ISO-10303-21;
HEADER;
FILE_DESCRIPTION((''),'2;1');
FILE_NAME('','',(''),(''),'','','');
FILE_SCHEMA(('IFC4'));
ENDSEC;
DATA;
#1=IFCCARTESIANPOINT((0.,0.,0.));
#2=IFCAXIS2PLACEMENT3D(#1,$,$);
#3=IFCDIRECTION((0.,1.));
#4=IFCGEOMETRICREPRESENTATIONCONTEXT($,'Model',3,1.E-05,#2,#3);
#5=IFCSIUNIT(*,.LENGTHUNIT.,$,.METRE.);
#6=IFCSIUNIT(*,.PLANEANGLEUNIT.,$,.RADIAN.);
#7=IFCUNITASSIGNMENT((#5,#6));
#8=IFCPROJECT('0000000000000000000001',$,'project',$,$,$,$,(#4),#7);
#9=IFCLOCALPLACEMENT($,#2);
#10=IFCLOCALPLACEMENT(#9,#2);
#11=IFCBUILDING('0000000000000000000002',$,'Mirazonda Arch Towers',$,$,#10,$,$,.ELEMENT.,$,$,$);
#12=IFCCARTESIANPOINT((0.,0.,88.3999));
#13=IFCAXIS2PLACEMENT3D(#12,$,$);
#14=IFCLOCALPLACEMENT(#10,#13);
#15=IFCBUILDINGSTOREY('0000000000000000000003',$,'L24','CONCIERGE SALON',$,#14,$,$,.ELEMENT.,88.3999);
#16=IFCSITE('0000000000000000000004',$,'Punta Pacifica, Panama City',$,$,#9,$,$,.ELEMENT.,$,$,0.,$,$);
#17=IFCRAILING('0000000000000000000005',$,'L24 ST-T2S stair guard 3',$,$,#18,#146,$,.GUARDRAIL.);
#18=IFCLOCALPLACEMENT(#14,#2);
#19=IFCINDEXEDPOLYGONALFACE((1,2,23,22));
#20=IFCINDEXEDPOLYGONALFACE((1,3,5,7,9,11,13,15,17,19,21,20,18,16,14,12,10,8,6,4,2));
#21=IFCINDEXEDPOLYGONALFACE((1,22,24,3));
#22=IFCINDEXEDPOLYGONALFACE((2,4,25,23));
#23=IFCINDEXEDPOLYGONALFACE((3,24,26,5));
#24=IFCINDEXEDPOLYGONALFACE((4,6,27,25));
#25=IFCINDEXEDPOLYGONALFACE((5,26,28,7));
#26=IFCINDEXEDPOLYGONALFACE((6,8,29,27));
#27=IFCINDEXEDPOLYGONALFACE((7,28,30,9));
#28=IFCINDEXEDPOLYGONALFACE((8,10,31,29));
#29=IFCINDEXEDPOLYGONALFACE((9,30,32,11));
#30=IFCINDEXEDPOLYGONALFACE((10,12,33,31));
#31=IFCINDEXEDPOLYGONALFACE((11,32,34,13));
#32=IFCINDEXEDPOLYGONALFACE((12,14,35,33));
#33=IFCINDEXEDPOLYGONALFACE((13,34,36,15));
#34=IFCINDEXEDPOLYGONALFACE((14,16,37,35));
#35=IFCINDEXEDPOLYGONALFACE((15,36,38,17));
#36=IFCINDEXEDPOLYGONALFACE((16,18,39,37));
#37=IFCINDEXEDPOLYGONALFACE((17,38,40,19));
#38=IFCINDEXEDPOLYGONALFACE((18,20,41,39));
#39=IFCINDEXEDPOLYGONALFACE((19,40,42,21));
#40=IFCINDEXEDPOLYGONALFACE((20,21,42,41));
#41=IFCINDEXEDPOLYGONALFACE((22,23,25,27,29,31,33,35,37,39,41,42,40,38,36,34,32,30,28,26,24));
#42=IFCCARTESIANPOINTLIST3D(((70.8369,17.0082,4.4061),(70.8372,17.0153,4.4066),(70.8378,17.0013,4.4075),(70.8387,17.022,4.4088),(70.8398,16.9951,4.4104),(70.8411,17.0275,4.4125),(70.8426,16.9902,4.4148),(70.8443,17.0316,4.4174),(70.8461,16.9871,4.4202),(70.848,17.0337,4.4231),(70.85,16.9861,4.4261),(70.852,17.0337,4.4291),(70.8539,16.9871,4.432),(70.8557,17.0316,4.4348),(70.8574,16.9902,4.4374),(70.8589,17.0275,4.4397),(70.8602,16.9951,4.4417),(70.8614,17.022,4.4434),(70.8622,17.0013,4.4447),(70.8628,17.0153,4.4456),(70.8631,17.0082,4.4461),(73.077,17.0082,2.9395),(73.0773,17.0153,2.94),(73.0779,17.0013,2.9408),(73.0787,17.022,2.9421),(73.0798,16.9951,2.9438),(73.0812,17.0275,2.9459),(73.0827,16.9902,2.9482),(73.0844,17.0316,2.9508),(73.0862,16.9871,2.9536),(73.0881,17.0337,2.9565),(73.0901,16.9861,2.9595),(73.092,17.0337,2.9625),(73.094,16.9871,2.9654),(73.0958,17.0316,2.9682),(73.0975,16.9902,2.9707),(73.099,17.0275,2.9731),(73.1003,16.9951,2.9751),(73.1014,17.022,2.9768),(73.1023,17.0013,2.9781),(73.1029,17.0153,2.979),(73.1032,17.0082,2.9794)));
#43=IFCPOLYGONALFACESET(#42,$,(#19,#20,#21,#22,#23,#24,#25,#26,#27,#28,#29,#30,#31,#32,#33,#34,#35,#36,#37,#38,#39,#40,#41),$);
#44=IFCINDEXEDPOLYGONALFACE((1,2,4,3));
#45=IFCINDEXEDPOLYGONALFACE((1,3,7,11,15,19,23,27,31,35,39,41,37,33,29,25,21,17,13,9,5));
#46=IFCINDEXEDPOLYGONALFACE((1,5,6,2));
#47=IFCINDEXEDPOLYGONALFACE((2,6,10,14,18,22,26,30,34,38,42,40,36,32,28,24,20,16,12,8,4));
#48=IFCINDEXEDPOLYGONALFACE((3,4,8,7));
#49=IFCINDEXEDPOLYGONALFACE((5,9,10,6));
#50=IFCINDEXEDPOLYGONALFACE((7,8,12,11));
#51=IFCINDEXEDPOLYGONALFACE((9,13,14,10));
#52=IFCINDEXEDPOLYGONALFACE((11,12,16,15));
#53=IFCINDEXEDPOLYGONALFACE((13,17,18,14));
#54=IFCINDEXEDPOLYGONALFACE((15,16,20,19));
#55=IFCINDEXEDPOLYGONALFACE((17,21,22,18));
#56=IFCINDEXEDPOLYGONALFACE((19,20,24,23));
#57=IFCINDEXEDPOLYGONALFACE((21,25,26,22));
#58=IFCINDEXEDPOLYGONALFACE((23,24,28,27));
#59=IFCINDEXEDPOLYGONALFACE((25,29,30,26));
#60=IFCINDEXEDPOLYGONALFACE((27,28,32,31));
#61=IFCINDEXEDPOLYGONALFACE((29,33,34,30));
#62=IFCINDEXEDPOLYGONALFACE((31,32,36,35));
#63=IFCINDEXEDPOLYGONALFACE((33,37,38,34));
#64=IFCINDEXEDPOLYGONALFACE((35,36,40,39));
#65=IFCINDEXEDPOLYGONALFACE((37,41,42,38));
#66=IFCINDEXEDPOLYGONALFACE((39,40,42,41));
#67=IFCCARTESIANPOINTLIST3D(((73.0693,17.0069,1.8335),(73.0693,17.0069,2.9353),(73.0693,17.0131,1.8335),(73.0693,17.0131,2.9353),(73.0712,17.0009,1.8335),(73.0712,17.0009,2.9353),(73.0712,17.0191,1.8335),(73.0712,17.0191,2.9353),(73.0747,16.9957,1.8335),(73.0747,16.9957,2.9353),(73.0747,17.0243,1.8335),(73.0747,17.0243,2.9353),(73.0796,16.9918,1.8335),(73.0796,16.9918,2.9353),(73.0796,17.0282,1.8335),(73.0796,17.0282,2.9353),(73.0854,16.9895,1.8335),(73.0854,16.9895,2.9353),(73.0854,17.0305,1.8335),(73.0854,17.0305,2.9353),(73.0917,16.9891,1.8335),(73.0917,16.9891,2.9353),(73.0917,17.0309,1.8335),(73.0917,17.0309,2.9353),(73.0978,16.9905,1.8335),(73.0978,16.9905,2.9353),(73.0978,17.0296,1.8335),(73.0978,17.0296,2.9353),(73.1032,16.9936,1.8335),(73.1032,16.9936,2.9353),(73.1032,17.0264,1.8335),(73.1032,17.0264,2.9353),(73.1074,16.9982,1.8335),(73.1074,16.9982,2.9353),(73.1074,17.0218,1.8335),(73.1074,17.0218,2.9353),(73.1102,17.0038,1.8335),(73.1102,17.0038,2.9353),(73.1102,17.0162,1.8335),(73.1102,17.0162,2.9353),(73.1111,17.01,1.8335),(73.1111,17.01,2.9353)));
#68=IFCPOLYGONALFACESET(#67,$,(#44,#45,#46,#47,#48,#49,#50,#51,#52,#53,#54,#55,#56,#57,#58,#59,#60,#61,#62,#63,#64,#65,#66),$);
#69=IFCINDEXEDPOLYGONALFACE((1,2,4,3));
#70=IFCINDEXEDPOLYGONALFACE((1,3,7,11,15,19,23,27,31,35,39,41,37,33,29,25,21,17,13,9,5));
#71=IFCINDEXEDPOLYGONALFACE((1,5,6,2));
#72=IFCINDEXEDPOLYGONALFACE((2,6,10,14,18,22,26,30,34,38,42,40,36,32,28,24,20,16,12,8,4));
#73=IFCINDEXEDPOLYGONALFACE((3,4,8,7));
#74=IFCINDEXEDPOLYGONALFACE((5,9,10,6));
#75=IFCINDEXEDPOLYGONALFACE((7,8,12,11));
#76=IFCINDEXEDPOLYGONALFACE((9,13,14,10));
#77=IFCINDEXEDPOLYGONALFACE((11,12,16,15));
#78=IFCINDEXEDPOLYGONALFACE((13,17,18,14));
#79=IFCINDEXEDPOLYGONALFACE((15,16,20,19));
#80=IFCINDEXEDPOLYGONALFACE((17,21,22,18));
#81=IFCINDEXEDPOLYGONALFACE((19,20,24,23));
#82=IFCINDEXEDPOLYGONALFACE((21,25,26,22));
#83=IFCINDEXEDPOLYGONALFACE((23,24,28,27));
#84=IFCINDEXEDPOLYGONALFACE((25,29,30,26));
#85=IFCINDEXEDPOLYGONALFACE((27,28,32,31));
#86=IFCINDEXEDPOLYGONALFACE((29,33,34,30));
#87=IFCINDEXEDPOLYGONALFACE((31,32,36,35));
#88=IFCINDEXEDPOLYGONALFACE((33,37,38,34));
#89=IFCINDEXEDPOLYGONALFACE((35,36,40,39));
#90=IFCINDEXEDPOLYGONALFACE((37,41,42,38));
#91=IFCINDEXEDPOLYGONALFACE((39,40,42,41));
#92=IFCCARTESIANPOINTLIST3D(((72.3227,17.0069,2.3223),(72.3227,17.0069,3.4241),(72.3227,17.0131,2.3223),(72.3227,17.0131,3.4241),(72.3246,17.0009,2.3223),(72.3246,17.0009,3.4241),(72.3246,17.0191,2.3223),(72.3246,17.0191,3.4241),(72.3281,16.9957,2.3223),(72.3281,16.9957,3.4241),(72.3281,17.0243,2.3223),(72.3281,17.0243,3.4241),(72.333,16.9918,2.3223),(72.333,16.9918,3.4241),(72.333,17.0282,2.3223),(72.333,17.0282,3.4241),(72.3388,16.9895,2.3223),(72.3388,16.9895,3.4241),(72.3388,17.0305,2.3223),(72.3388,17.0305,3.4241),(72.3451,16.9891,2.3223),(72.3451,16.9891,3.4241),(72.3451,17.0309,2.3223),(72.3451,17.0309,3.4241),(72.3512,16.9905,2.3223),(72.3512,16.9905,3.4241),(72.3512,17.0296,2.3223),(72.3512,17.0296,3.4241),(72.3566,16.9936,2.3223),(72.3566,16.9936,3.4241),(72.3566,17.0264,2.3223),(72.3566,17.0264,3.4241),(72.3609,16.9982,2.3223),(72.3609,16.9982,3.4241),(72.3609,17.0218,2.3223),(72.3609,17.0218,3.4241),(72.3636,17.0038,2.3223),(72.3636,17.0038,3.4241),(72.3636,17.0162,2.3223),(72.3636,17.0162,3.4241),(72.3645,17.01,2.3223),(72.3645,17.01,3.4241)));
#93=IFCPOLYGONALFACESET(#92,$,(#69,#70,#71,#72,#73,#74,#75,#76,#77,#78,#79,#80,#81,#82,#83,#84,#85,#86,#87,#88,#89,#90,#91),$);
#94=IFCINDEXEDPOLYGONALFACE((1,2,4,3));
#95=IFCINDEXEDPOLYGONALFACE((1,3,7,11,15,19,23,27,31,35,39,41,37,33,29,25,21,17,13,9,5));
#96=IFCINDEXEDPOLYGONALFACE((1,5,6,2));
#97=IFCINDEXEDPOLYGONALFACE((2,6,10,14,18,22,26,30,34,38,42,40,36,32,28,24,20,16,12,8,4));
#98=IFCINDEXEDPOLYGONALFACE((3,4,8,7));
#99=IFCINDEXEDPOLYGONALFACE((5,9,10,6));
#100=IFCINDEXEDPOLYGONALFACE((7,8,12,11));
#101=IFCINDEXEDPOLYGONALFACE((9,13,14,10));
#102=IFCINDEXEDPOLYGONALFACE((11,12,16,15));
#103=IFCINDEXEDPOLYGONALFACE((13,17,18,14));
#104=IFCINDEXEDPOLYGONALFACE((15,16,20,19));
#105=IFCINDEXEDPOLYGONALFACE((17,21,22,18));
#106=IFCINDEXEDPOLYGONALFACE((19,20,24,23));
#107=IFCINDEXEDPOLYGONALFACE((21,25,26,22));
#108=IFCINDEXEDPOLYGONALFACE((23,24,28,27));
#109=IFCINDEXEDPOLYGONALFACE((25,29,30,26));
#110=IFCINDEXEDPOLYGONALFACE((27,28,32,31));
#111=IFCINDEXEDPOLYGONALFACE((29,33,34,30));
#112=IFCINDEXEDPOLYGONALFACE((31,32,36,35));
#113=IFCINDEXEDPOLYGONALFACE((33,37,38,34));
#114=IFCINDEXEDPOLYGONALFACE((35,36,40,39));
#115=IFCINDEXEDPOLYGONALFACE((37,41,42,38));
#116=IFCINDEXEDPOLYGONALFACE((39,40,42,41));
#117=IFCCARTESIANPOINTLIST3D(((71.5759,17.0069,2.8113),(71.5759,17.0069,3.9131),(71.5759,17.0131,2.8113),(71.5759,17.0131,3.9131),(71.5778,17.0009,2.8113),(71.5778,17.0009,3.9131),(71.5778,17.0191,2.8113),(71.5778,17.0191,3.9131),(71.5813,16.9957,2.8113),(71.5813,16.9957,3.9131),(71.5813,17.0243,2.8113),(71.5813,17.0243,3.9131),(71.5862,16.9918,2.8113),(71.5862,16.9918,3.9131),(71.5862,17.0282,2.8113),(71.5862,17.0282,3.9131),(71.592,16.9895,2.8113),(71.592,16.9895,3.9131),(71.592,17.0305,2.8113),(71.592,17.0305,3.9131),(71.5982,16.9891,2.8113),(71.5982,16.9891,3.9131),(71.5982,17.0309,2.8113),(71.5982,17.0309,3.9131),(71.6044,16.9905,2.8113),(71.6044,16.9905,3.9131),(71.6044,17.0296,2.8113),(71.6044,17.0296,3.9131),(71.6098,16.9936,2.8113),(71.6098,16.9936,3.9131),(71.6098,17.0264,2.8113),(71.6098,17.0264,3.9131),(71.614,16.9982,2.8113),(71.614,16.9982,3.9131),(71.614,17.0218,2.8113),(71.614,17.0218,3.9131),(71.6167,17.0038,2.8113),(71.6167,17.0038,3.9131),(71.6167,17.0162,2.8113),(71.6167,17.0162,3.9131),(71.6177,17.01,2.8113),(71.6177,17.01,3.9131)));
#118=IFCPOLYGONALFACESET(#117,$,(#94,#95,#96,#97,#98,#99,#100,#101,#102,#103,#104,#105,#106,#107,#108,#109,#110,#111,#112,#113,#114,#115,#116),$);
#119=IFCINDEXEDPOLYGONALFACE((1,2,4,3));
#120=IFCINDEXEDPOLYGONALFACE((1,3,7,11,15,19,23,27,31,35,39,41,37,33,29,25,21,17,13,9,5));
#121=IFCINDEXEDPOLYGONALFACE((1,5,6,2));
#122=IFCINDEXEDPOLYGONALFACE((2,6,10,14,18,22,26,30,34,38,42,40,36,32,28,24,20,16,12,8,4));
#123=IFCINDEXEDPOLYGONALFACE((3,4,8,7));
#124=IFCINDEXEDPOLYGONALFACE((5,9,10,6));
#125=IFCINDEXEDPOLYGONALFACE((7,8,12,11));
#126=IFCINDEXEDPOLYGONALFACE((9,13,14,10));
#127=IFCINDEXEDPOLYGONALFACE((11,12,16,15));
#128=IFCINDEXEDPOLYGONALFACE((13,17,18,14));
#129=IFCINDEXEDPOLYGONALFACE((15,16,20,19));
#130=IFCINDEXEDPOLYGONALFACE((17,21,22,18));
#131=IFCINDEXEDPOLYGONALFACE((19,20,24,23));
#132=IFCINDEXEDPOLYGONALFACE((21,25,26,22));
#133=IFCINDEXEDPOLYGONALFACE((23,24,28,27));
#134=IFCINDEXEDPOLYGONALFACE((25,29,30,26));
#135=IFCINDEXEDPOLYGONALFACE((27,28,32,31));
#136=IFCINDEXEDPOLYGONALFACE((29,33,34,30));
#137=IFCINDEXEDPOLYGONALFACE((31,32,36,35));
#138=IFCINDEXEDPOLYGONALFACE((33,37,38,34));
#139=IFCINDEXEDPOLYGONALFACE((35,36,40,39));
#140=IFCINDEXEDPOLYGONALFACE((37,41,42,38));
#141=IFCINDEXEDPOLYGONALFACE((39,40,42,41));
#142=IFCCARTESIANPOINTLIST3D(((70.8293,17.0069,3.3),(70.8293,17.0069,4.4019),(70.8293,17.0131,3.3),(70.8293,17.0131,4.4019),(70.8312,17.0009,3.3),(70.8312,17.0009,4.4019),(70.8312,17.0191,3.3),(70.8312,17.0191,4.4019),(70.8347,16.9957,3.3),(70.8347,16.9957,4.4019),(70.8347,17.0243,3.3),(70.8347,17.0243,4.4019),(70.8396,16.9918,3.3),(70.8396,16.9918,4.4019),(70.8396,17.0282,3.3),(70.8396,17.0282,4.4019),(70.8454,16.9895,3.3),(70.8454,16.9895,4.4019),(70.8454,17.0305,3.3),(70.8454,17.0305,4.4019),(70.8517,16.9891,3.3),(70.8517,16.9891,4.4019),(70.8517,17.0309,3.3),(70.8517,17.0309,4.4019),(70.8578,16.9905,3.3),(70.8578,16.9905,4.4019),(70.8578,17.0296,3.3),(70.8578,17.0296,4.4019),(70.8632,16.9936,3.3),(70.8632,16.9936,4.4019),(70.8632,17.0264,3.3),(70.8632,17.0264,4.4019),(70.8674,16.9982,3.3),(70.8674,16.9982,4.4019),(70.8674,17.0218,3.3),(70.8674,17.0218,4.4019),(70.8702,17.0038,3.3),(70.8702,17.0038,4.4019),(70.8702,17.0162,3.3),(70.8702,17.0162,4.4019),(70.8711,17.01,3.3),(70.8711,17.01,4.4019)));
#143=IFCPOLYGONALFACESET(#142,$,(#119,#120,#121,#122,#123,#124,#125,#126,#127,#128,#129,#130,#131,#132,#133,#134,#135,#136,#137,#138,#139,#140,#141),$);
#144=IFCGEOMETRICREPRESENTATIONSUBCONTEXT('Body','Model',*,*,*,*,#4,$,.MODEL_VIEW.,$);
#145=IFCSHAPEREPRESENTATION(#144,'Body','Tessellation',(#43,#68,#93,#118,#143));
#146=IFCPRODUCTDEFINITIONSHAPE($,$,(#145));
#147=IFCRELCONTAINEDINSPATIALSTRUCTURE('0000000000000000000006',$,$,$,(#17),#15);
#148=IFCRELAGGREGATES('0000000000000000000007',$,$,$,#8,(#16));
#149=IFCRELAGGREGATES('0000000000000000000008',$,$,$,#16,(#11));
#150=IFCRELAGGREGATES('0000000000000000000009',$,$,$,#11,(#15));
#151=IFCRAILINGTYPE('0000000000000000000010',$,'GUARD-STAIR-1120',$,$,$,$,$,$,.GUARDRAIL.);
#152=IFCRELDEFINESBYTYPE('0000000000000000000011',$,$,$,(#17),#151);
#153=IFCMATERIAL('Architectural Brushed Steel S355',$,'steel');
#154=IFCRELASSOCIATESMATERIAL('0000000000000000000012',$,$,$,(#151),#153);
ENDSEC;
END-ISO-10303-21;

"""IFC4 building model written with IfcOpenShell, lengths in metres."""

from ifc_helpers import new_model, si_unit, direction, frame, origin, origin_2d, place, context, subcontext, project, spatial, circle, extrude, material, type_object, element, save


model = new_model("IFC4")

# Units and contexts
model_context = context("Model", 3, precision=1e-05, world=origin(), true_north=direction((0.0, 1.0)))
body_context = subcontext(model_context, "Body", "Model", "MODEL_VIEW")
ifc_project = project(units=[si_unit("LENGTHUNIT", "METRE"), si_unit("PLANEANGLEUNIT", "RADIAN")], contexts=[model_context])

# Site, building, storey
site_placement = place(None, origin())
site = spatial("IfcSite", under=ifc_project, at=site_placement, Name="Punta Pacifica, Panama City", CompositionType="ELEMENT", RefElevation=0.0)
building_placement = place(site_placement, origin())
building = spatial("IfcBuilding", under=site, at=building_placement, Name="Mirazonda Arch Towers", CompositionType="ELEMENT")
storey_placement = place(building_placement, frame((0.0, 0.0, 88.3999)))
storey = spatial("IfcBuildingStorey", under=building, at=storey_placement, Name="L24", Description="CONCIERGE SALON", CompositionType="ELEMENT", Elevation=88.3999)

# Railing
ifc_material_1 = material(Name="Architectural Brushed Steel S355", Category="steel")
railing_type_1 = type_object("IfcRailingType", Name="GUARD-STAIR-1120", PredefinedType="GUARDRAIL", material=ifc_material_1)
railing_1_placement = place(storey_placement, frame((73.0901, 17.01, 1.8335)))
element("IfcRailing", 1, at=railing_1_placement, inside=storey, type_object=railing_type_1, Name="L24 ST-T2S stair guard 3", PredefinedType="GUARDRAIL", context=body_context, shape_type="SweptSolid", body=[
    extrude(circle(Radius=0.0239, at=origin_2d()), frame((0.0, 0.0, 1.126), z_axis=(-0.836637, 0.0, 0.547758), x_axis=(0.0, -1.0, 0.0)), (0.0, 0.0, 1.0), 2.6775),
    extrude(circle(Radius=0.021, at=origin_2d()), origin(), (0.0, 0.0, 1.0), 1.1018),
    extrude(circle(Radius=0.021, at=origin_2d()), frame((-0.7466, 0.0, 0.4888)), (0.0, 0.0, 1.0), 1.1018),
    extrude(circle(Radius=0.021, at=origin_2d()), frame((-1.4934, 0.0, 0.9778)), (0.0, 0.0, 1.0), 1.1018),
    extrude(circle(Radius=0.021, at=origin_2d()), frame((-2.24, 0.0, 1.4666)), (0.0, 0.0, 1.0), 1.1018),
])

save(model, "model.ifc")
